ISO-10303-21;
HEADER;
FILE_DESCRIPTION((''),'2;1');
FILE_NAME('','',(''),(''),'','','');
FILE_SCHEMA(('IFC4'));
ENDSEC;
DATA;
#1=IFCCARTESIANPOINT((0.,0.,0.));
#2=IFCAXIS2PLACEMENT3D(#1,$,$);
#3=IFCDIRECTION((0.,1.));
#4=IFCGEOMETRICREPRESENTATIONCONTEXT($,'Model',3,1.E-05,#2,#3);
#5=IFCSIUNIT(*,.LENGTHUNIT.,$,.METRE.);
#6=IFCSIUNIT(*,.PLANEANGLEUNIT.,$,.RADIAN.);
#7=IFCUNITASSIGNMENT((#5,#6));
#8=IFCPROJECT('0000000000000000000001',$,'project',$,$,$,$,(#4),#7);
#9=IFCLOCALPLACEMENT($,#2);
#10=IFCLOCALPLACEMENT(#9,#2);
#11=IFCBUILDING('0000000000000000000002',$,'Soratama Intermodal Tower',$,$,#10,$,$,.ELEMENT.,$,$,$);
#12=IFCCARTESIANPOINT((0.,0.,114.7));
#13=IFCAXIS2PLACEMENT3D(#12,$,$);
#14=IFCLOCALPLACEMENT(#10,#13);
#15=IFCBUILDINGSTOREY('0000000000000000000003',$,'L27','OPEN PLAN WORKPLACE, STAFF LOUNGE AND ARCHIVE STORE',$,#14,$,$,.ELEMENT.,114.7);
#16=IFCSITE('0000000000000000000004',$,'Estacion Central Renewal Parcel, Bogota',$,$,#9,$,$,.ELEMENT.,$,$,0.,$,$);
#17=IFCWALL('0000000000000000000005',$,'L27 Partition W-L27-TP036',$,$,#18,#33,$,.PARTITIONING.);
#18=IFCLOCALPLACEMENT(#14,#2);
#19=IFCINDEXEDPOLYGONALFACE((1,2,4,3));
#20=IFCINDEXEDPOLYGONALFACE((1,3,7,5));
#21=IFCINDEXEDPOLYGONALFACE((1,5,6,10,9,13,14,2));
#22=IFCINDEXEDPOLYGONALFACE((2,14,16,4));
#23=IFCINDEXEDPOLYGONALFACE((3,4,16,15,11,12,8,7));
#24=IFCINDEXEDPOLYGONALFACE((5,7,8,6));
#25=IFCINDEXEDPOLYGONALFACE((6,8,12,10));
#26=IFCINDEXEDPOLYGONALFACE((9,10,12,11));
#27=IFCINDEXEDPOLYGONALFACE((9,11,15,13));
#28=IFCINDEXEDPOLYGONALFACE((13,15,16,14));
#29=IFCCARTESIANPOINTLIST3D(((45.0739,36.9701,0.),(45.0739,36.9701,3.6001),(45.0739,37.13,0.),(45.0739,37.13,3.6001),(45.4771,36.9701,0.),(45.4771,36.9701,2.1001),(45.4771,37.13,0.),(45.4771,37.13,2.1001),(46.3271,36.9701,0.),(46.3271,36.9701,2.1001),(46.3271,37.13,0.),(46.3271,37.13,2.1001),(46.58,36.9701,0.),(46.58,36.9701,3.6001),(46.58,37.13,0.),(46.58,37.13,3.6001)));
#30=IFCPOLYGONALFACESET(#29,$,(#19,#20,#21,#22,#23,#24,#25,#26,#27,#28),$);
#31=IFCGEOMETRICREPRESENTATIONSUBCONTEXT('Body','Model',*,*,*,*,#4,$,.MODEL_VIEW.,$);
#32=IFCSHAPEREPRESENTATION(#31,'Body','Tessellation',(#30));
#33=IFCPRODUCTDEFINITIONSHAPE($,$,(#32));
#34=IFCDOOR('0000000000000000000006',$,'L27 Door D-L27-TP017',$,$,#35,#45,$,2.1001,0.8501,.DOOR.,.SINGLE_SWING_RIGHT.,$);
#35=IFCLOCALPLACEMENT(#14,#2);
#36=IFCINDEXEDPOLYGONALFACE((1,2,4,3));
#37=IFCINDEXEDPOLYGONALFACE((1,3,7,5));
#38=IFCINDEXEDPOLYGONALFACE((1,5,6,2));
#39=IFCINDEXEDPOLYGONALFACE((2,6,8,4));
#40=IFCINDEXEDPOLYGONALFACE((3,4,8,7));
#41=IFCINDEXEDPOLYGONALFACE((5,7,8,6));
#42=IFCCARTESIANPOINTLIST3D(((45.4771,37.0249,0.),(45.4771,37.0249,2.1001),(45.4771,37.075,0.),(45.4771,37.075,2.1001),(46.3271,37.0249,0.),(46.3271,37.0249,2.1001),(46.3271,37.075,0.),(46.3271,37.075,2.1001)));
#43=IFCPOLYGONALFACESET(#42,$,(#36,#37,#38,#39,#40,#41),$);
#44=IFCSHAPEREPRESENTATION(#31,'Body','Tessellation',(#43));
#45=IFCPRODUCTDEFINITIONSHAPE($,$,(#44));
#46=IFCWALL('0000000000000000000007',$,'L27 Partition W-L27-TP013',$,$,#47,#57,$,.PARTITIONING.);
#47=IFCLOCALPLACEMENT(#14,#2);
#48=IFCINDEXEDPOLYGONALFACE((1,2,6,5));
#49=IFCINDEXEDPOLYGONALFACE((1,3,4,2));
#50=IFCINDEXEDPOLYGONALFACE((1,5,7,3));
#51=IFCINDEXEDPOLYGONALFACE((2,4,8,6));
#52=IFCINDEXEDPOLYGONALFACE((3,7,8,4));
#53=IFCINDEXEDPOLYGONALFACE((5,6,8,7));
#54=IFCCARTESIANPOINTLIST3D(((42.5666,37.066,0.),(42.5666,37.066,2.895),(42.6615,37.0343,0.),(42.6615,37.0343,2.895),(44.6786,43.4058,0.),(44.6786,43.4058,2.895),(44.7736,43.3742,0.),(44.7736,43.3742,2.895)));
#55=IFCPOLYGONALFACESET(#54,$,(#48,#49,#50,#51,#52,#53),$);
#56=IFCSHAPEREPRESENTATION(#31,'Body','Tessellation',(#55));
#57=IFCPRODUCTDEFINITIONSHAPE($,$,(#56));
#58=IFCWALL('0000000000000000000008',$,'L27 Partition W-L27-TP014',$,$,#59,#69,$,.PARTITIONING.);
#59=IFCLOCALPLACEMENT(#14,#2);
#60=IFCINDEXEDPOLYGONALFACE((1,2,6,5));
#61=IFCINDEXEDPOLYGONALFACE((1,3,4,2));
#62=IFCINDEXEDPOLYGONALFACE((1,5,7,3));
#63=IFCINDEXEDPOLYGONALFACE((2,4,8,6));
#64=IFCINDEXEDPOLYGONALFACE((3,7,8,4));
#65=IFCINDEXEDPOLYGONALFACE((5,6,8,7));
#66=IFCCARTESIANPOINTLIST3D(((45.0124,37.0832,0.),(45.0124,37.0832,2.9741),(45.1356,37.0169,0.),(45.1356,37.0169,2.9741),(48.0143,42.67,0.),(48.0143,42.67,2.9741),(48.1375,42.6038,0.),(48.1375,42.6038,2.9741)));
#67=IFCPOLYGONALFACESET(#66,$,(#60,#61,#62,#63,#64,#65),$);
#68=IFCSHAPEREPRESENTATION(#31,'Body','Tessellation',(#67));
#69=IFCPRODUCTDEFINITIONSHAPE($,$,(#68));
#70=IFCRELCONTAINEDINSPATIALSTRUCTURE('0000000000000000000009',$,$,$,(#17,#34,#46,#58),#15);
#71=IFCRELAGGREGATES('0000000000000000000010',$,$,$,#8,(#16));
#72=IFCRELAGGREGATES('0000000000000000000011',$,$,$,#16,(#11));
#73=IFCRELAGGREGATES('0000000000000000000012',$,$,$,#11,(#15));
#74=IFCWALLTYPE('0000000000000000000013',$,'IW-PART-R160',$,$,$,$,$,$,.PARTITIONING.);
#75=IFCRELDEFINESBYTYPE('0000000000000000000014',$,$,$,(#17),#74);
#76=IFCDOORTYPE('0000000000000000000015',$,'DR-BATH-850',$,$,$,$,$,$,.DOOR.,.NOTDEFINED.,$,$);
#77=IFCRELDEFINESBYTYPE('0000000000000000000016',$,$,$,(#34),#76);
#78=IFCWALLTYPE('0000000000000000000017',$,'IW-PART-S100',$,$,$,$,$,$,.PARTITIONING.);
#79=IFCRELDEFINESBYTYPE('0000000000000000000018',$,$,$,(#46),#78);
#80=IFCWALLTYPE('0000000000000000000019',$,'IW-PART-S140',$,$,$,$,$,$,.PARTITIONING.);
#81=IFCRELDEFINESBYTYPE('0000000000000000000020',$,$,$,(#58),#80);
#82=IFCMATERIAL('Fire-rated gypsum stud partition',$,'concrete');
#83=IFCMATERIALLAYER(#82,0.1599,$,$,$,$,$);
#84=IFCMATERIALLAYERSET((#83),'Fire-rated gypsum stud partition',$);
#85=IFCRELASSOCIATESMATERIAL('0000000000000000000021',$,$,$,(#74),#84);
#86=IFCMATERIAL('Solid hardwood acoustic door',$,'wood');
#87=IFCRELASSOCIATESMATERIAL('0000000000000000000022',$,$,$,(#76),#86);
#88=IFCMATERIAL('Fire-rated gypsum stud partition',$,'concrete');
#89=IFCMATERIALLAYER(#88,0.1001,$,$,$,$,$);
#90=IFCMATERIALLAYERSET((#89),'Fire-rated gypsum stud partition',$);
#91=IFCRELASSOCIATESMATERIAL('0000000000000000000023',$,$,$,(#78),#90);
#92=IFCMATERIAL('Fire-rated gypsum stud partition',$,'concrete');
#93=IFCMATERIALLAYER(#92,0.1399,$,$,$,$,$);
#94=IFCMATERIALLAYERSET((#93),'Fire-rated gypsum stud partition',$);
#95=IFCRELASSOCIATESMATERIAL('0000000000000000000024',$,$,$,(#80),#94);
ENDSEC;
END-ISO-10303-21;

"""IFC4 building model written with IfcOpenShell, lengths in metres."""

from ifc_helpers import new_model, si_unit, direction, frame, frame_2d, origin, place, context, subcontext, project, spatial, rectangle, extrude, material, layer, layer_set, type_object, element, fill, save


model = new_model("IFC4")

# Units and contexts
model_context = context("Model", 3, precision=1e-05, world=origin(), true_north=direction((0.0, 1.0)))
body_context = subcontext(model_context, "Body", "Model", "MODEL_VIEW")
ifc_project = project(units=[si_unit("LENGTHUNIT", "METRE"), si_unit("PLANEANGLEUNIT", "RADIAN")], contexts=[model_context])

# Site, building, storey
site_placement = place(None, origin())
site = spatial("IfcSite", under=ifc_project, at=site_placement, Name="Estacion Central Renewal Parcel, Bogota", CompositionType="ELEMENT", RefElevation=0.0)
building_placement = place(site_placement, origin())
building = spatial("IfcBuilding", under=site, at=building_placement, Name="Soratama Intermodal Tower", CompositionType="ELEMENT")
storey_placement = place(building_placement, frame((0.0, 0.0, 114.7)))
storey = spatial("IfcBuildingStorey", under=building, at=storey_placement, Name="L27", Description="OPEN PLAN WORKPLACE, STAFF LOUNGE AND ARCHIVE STORE", CompositionType="ELEMENT", Elevation=114.7)

# Wall, opening, door
ifc_material_1 = material(Name="Fire-rated gypsum stud partition", Category="concrete")
ifc_layer_1 = layer(ifc_material_1, 0.1599)
ifc_layer_set_1 = layer_set([ifc_layer_1], Name="Fire-rated gypsum stud partition")
wall_type_1 = type_object("IfcWallType", Name="IW-PART-R160", PredefinedType="PARTITIONING", material=ifc_layer_set_1)
wall_1_placement = place(storey_placement, frame((45.074, 37.05, 0.0), z_axis=(0.0, 0.0, 1.0), x_axis=(1.0, 0.0, 0.0)))
wall_1 = element("IfcWall", 1, at=wall_1_placement, inside=storey, type_object=wall_type_1, Name="L27 Partition W-L27-TP036", PredefinedType="PARTITIONING", context=body_context, shape_type="SweptSolid", body=[
    extrude(rectangle(XDim=1.5061, YDim=0.1599, at=frame_2d((0.7529, 0.0))), origin(), (0.0, 0.0, 1.0), 3.6001),
])
opening_1_placement = place(wall_1_placement, frame((0.4031, 0.0, 0.0)))
opening_1 = element("IfcOpeningElement", 2, at=opening_1_placement, cuts=wall_1, PredefinedType="OPENING", context=body_context, shape_type="SweptSolid", body=[
    extrude(rectangle(XDim=0.8501, YDim=2.1001, at=frame_2d((0.425, 1.05))), frame((0.0, 0.0898, 0.0), z_axis=(0.0, -1.0, 0.0), x_axis=(1.0, 0.0, 0.0)), (0.0, 0.0, 1.0), 0.1799),
])
ifc_material_2 = material(Name="Solid hardwood acoustic door", Category="wood")
door_type_1 = type_object("IfcDoorType", Name="DR-BATH-850", OperationType="NOTDEFINED", PredefinedType="DOOR", material=ifc_material_2)
door_1_placement = place(opening_1_placement, origin())
door_1 = element("IfcDoor", 3, at=door_1_placement, inside=storey, type_object=door_type_1, Name="L27 Door D-L27-TP017", OperationType="SINGLE_SWING_RIGHT", OverallHeight=2.1001, OverallWidth=0.8501, PredefinedType="DOOR", context=body_context, shape_type="SweptSolid", body=[
    extrude(rectangle(XDim=0.8501, YDim=2.1001, at=frame_2d((0.425, 1.05))), frame((0.0, 0.0249, 0.0), z_axis=(0.0, -1.0, 0.0), x_axis=(1.0, 0.0, 0.0)), (0.0, 0.0, 1.0), 0.05),
])
fill(opening_1, door_1)

# Walls
ifc_material_3 = material(Name="Fire-rated gypsum stud partition", Category="concrete")
ifc_layer_2 = layer(ifc_material_3, 0.1001)
ifc_layer_set_2 = layer_set([ifc_layer_2], Name="Fire-rated gypsum stud partition")
wall_type_2 = type_object("IfcWallType", Name="IW-PART-S100", PredefinedType="PARTITIONING", material=ifc_layer_set_2)
wall_2_placement = place(storey_placement, frame((42.614, 37.05, 0.0), z_axis=(0.0, 0.0, 1.0), x_axis=(0.316063, 0.948738, 0.0)))
element("IfcWall", 4, at=wall_2_placement, inside=storey, type_object=wall_type_2, Name="L27 Partition W-L27-TP013", PredefinedType="PARTITIONING", context=body_context, shape_type="SweptSolid", body=[
    extrude(rectangle(XDim=6.6824, YDim=0.1001, at=frame_2d((3.3413, 0.0))), origin(), (0.0, 0.0, 1.0), 2.895),
])
ifc_material_4 = material(Name="Fire-rated gypsum stud partition", Category="concrete")
ifc_layer_3 = layer(ifc_material_4, 0.1399)
ifc_layer_set_3 = layer_set([ifc_layer_3], Name="Fire-rated gypsum stud partition")
wall_type_3 = type_object("IfcWallType", Name="IW-PART-S140", PredefinedType="PARTITIONING", material=ifc_layer_set_3)
wall_3_placement = place(storey_placement, frame((45.074, 37.05, 0.0), z_axis=(0.0, 0.0, 1.0), x_axis=(0.473319, 0.880891, 0.0)))
element("IfcWall", 5, at=wall_3_placement, inside=storey, type_object=wall_type_3, Name="L27 Partition W-L27-TP014", PredefinedType="PARTITIONING", context=body_context, shape_type="SweptSolid", body=[
    extrude(rectangle(XDim=6.3423, YDim=0.1399, at=frame_2d((3.1711, 0.0))), origin(), (0.0, 0.0, 1.0), 2.9741),
])

save(model, "model.ifc")
